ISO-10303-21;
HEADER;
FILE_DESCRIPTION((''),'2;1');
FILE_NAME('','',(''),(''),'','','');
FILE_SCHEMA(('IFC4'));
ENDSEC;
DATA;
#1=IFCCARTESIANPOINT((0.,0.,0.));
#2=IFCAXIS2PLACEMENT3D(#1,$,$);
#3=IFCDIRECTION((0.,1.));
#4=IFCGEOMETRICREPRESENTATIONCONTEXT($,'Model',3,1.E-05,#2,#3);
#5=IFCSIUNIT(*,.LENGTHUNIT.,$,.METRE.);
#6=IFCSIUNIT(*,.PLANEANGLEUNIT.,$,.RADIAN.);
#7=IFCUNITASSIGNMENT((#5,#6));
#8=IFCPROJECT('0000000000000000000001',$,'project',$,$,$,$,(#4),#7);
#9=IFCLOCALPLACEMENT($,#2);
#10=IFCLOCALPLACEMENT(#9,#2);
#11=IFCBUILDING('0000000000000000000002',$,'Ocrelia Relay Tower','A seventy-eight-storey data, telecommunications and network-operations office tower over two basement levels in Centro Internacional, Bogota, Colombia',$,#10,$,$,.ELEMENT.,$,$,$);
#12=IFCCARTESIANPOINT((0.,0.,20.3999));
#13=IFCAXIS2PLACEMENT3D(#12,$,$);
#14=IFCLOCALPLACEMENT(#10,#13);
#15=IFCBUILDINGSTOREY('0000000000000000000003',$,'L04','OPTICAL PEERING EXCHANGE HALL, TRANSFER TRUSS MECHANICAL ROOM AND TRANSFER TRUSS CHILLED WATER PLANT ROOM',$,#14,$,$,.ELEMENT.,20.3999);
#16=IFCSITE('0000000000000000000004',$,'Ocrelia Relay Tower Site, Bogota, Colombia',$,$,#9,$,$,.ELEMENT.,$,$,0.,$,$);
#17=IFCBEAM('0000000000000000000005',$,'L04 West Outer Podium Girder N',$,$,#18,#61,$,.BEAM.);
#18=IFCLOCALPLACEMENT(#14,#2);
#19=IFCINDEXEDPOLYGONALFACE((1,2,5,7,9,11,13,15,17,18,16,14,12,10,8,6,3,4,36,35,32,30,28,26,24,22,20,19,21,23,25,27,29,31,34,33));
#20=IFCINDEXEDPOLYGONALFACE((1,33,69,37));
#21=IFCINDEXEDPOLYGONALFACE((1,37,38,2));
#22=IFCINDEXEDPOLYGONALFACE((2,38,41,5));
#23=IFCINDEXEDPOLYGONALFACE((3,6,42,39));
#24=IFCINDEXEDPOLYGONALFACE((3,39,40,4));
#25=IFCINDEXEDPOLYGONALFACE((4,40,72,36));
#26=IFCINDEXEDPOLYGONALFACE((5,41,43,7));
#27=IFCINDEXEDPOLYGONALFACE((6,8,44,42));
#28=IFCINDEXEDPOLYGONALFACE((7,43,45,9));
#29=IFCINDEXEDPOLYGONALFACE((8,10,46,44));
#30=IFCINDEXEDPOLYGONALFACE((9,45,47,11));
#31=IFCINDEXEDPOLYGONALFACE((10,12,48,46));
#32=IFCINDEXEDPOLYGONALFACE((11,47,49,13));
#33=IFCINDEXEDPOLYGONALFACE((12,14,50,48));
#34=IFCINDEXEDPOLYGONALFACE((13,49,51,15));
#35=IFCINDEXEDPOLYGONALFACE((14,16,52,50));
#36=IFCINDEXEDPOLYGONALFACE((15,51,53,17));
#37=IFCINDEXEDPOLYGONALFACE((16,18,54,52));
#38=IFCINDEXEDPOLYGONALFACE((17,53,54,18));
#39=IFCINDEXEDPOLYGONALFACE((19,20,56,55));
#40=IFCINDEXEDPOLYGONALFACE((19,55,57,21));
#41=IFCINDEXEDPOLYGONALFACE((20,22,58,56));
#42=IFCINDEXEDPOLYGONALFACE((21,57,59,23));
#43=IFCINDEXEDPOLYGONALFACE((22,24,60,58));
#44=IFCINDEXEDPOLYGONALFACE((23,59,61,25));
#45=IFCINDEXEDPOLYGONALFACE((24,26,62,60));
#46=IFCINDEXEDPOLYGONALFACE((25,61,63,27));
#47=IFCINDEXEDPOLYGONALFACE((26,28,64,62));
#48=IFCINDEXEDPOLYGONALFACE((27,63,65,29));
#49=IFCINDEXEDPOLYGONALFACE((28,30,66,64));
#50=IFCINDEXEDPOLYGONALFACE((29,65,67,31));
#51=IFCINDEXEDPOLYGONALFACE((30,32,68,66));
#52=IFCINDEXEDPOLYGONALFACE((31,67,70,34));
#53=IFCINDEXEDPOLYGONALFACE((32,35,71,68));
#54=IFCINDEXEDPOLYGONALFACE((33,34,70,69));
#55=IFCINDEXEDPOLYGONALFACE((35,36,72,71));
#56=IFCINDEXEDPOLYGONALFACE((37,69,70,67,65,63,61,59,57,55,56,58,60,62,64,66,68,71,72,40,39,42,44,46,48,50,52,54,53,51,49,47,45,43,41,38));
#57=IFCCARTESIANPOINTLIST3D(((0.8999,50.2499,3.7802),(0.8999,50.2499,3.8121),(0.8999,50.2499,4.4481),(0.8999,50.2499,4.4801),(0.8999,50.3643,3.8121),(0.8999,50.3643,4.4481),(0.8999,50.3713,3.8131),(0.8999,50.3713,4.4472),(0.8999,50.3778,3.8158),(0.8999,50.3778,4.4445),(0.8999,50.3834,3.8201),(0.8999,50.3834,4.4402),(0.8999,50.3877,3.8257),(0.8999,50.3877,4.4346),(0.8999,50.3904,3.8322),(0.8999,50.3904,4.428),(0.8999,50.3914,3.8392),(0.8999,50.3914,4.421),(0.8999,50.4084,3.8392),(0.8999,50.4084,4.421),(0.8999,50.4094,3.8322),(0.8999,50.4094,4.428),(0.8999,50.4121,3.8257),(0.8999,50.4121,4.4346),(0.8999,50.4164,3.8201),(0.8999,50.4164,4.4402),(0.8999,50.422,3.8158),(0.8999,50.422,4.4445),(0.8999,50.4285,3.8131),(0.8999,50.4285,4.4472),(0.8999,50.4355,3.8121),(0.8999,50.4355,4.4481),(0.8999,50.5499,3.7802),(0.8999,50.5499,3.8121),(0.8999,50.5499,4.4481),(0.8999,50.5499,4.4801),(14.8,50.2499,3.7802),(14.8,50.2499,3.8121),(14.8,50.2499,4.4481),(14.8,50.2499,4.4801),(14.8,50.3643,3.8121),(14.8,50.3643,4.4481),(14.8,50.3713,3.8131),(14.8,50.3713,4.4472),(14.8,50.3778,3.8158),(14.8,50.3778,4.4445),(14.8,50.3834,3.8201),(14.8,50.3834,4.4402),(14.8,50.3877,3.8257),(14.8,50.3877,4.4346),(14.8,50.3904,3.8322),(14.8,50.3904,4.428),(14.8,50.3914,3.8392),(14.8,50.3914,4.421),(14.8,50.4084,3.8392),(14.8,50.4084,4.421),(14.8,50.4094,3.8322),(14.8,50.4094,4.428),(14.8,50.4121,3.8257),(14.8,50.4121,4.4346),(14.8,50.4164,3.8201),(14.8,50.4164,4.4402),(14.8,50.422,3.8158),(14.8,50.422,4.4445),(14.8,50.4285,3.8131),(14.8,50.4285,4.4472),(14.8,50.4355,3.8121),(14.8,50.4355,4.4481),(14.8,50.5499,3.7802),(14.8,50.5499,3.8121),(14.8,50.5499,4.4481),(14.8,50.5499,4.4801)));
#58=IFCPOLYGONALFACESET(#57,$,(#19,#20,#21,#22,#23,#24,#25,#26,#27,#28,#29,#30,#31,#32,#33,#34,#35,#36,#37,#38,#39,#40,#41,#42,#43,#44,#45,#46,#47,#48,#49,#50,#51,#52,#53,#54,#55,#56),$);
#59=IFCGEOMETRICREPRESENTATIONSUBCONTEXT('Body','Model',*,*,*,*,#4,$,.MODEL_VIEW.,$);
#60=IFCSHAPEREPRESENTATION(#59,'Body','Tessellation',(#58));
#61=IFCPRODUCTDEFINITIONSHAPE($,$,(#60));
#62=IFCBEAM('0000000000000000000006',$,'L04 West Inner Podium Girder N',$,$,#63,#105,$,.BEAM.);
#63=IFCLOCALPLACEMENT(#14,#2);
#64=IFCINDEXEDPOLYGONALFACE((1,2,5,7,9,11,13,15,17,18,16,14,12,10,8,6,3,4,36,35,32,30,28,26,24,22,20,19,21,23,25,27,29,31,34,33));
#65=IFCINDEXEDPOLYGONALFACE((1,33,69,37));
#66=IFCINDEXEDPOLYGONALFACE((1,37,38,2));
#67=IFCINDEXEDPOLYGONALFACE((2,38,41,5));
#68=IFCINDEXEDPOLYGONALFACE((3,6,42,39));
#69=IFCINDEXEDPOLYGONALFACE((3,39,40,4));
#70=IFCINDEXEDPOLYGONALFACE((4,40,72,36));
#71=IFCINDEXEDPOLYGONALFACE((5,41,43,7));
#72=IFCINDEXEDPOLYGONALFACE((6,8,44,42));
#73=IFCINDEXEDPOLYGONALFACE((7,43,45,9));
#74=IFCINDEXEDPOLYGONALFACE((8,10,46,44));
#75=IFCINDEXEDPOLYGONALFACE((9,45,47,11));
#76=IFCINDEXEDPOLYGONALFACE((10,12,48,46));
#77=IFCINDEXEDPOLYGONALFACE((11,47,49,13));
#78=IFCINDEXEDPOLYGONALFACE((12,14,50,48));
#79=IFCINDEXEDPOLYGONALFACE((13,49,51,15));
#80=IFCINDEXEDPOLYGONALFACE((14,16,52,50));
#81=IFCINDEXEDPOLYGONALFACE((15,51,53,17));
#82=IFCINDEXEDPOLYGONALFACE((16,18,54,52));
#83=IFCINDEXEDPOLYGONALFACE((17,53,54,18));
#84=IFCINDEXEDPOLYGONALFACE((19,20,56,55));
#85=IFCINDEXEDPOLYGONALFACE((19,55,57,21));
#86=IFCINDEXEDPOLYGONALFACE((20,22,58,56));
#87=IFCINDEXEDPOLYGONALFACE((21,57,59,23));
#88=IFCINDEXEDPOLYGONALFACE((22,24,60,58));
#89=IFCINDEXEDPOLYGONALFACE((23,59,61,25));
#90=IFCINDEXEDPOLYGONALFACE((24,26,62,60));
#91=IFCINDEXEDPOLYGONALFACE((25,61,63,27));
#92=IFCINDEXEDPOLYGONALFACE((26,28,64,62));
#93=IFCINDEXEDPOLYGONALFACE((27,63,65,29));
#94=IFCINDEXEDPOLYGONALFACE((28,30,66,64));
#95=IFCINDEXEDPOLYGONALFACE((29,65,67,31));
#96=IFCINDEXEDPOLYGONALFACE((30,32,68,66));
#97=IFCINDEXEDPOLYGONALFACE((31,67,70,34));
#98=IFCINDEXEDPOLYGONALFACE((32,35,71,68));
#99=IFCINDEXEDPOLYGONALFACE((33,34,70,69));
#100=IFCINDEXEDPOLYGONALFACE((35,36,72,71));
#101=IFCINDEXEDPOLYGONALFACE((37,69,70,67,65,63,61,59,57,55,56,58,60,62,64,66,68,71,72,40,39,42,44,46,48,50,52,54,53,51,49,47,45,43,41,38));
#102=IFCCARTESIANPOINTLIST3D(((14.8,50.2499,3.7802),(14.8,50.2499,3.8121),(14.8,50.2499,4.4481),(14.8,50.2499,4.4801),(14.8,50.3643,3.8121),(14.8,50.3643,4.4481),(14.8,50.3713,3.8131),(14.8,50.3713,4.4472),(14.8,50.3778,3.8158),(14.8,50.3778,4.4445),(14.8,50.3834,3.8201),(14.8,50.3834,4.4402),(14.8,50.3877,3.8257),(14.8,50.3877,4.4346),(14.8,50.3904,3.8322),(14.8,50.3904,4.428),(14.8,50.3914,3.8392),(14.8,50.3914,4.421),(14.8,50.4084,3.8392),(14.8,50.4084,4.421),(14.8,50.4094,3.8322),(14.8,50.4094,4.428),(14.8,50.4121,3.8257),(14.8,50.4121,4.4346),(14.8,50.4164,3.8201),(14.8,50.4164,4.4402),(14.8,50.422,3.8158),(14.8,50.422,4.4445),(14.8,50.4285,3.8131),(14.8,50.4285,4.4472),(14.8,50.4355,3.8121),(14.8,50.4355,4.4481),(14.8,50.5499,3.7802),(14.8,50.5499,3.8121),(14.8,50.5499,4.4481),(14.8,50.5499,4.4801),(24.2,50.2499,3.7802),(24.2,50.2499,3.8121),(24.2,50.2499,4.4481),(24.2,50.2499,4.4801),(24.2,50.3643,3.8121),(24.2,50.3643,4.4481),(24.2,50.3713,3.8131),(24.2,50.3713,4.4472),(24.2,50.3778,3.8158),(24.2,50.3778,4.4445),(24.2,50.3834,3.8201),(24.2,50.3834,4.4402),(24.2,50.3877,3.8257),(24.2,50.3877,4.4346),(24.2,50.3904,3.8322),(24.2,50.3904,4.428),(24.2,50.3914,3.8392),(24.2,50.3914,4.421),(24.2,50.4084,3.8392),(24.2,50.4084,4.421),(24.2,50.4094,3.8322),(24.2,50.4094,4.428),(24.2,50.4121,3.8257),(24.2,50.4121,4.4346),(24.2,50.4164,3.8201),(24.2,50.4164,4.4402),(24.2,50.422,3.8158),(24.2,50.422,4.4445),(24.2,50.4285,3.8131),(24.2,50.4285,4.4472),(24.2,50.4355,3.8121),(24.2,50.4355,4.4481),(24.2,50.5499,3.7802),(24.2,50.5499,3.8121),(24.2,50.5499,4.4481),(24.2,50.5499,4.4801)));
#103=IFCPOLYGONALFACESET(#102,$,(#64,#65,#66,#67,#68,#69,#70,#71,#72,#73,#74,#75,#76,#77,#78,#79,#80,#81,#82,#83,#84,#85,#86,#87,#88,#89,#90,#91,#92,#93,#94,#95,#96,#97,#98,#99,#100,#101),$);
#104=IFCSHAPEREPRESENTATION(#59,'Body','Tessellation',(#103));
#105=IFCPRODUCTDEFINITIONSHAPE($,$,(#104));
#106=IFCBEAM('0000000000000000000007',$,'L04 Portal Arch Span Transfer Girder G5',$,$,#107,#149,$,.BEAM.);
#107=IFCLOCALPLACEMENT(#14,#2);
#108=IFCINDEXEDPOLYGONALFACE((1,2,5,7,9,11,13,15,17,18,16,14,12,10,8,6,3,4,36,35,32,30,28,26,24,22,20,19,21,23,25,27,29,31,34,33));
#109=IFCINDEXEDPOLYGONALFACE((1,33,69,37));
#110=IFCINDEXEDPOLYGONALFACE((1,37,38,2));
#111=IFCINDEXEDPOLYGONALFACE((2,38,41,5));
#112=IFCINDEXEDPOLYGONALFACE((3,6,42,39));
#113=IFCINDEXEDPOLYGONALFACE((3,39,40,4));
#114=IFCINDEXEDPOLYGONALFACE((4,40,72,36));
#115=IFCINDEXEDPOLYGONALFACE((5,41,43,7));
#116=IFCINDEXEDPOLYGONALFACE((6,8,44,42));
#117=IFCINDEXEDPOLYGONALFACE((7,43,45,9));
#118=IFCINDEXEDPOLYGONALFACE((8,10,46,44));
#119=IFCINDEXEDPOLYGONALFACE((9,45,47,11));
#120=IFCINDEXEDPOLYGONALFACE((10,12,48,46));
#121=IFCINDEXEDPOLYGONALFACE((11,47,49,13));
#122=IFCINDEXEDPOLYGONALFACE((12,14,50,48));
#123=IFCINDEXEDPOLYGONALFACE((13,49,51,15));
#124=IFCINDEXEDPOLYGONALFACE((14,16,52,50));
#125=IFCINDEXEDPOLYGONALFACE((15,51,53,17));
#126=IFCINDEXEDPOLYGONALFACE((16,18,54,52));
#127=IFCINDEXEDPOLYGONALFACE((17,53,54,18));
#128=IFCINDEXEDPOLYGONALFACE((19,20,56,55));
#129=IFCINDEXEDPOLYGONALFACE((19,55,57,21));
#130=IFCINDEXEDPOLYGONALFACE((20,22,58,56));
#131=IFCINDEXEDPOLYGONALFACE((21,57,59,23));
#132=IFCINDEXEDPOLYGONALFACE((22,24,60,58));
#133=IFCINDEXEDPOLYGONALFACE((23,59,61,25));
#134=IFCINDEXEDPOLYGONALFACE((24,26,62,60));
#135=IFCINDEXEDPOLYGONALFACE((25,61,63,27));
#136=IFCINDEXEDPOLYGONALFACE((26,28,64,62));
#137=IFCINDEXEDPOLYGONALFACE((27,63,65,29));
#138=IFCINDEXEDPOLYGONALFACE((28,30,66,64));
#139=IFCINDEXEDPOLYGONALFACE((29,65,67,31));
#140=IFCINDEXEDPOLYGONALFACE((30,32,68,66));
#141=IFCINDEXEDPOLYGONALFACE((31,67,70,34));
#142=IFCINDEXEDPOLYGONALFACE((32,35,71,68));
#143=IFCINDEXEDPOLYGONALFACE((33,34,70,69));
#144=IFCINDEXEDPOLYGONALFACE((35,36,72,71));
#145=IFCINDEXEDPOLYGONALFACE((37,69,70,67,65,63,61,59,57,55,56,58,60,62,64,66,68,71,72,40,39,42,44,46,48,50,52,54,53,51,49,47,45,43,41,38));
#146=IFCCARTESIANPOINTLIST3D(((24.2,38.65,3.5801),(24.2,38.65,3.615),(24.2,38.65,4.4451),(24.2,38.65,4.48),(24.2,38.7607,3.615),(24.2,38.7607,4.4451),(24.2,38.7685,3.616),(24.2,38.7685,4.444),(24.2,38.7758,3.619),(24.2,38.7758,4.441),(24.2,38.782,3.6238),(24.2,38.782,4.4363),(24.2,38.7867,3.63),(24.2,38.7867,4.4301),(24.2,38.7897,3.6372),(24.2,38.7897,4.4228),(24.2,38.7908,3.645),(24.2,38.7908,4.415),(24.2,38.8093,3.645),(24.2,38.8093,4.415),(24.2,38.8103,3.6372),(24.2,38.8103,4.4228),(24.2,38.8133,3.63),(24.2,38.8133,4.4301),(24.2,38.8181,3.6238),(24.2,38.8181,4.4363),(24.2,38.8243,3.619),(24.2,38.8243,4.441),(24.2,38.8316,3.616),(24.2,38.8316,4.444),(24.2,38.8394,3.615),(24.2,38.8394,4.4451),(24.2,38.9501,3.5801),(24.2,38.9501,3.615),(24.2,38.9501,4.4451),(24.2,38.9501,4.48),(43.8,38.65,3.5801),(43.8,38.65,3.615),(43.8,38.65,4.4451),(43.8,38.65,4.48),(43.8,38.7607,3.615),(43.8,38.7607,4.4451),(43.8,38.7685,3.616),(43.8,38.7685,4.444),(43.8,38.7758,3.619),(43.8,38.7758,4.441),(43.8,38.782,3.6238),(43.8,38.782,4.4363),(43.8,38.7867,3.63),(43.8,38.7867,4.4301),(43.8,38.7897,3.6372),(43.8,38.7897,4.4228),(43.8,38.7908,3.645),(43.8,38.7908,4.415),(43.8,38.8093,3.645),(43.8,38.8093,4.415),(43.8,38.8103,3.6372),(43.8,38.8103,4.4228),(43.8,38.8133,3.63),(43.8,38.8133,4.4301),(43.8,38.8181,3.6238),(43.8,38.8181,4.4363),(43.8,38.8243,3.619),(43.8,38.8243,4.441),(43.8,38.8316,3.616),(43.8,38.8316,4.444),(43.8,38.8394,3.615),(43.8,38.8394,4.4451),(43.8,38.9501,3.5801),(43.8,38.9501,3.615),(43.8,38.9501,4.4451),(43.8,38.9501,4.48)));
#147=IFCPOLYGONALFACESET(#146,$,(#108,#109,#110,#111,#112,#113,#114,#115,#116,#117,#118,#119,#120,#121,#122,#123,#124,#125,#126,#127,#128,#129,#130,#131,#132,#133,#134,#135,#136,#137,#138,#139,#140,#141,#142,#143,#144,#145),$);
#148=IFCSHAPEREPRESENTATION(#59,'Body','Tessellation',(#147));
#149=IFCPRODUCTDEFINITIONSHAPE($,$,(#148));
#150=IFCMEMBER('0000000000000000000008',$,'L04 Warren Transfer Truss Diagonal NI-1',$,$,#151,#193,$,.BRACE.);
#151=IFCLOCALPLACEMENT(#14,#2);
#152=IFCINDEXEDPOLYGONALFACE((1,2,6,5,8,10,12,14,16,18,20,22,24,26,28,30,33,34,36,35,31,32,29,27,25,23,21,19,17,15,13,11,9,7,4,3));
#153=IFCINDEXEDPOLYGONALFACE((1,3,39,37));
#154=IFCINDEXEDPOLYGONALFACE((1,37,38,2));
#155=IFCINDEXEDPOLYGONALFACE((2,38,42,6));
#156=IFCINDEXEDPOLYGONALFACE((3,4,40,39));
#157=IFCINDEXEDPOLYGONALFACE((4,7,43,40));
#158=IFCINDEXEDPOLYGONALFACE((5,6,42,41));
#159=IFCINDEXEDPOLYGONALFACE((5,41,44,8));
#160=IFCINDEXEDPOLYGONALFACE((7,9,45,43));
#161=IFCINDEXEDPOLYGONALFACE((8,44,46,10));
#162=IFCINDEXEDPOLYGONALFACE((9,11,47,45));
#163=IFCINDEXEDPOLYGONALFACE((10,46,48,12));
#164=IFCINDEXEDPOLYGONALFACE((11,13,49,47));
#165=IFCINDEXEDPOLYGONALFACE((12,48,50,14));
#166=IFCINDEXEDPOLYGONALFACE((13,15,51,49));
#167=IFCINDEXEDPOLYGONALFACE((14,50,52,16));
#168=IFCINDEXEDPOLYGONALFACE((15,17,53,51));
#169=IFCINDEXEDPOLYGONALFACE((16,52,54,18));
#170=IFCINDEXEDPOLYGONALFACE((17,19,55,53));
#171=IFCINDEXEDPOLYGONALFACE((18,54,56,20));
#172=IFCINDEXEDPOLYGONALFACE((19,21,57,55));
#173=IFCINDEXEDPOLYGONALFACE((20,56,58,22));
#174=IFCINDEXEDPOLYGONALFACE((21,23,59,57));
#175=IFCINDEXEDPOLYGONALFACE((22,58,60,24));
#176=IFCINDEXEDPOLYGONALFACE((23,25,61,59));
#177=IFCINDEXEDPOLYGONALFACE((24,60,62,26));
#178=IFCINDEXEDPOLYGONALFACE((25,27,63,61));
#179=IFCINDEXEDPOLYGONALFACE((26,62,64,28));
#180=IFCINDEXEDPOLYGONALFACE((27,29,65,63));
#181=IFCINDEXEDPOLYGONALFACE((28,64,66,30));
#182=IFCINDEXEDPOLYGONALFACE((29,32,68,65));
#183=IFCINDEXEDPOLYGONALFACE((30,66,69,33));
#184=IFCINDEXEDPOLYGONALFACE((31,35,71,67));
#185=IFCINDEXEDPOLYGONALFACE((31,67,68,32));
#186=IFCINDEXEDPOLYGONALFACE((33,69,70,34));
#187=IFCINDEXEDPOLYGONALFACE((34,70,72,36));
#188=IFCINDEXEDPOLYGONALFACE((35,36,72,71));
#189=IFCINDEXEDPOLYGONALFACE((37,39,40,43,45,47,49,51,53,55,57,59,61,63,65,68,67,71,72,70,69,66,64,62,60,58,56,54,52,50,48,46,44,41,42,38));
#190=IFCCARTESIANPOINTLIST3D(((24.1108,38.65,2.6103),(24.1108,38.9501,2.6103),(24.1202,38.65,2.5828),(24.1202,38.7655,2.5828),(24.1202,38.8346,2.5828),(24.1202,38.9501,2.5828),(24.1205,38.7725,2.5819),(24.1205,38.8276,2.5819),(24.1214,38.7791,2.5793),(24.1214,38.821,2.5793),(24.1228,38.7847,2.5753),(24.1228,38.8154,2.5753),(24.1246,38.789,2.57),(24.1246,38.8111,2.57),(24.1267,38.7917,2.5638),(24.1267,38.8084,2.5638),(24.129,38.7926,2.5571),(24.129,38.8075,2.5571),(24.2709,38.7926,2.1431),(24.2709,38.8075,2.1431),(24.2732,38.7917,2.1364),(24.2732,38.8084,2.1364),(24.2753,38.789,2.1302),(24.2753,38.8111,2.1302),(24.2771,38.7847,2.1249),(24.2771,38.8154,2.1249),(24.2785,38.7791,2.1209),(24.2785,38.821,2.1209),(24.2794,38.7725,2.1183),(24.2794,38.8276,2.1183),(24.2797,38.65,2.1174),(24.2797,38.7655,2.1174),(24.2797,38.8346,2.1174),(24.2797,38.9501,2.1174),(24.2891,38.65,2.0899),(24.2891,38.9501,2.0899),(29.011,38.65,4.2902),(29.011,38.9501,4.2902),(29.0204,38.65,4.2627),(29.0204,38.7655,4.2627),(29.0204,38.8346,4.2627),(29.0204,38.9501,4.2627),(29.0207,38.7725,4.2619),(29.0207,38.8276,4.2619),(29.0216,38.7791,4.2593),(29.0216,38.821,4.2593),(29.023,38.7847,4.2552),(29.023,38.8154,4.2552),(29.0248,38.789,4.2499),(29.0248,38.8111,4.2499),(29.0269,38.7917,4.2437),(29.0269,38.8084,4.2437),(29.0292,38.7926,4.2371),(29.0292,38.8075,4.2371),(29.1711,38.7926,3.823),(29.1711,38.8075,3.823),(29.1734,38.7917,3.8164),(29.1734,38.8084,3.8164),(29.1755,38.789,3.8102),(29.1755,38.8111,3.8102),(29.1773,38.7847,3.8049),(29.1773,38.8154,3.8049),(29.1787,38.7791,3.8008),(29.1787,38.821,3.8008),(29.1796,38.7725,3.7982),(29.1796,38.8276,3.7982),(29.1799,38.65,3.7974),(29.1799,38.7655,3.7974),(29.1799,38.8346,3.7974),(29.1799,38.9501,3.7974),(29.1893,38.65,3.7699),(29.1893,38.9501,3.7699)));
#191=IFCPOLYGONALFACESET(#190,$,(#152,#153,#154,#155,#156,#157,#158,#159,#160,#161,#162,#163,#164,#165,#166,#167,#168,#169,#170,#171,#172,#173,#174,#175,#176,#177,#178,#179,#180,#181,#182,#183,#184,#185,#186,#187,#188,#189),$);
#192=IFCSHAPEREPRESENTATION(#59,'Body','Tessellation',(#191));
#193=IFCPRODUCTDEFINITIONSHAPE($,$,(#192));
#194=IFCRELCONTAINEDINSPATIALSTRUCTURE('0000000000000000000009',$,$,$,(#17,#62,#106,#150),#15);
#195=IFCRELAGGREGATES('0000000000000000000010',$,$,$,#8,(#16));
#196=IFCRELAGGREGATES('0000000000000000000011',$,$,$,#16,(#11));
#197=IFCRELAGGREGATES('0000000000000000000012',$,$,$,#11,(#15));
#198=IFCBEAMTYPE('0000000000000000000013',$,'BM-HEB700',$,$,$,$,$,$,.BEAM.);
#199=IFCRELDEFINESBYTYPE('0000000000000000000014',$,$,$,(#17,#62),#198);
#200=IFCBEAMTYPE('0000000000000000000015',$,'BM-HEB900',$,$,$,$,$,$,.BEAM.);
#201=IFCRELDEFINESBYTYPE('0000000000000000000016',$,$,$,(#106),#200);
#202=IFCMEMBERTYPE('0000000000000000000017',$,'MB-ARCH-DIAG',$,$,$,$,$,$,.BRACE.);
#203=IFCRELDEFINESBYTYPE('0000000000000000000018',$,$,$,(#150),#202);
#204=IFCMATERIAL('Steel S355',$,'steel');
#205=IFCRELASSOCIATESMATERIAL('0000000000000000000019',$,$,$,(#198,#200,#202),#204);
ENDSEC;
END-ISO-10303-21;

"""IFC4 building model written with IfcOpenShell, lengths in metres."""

from ifc_helpers import new_model, si_unit, direction, frame, origin, origin_2d, place, context, subcontext, project, spatial, i_section, extrude, material, material_profile, profile_set, type_object, element, save


model = new_model("IFC4")

# Units and contexts
model_context = context("Model", 3, precision=1e-05, world=origin(), true_north=direction((0.0, 1.0)))
body_context = subcontext(model_context, "Body", "Model", "MODEL_VIEW")
ifc_project = project(units=[si_unit("LENGTHUNIT", "METRE"), si_unit("PLANEANGLEUNIT", "RADIAN")], contexts=[model_context])

# Site, building, storey
site_placement = place(None, origin())
site = spatial("IfcSite", under=ifc_project, at=site_placement, Name="Ocrelia Relay Tower Site, Bogota, Colombia", CompositionType="ELEMENT", RefElevation=0.0)
building_placement = place(site_placement, origin())
building = spatial("IfcBuilding", under=site, at=building_placement, Name="Ocrelia Relay Tower", Description="A seventy-eight-storey data, telecommunications and network-operations office tower over two basement levels in Centro Internacional, Bogota, Colombia", CompositionType="ELEMENT")
storey_placement = place(building_placement, frame((0.0, 0.0, 20.3999)))
storey = spatial("IfcBuildingStorey", under=building, at=storey_placement, Name="L04", Description="OPTICAL PEERING EXCHANGE HALL, TRANSFER TRUSS MECHANICAL ROOM AND TRANSFER TRUSS CHILLED WATER PLANT ROOM", CompositionType="ELEMENT", Elevation=20.3999)

# Beams
ifc_material_1 = material(Name="Steel S355", Category="steel")
ifc_material_profile_1 = material_profile(ifc_material_1, i_section(OverallWidth=0.3, OverallDepth=0.7, WebThickness=0.0171, FlangeThickness=0.032, FilletRadius=0.0271, at=origin_2d()), Name="HEB 700")
ifc_profile_set_1 = profile_set([ifc_material_profile_1], Name="Steel S355")
beam_type_1 = type_object("IfcBeamType", Name="BM-HEB700", PredefinedType="BEAM", material=ifc_profile_set_1)
beam_1_placement = place(storey_placement, frame((0.8999, 50.3999, 4.1301), z_axis=(1.0, 0.0, 0.0), x_axis=(0.0, 1.0, 0.0)))
element("IfcBeam", 1, at=beam_1_placement, inside=storey, type_object=beam_type_1, Name="L04 West Outer Podium Girder N", PredefinedType="BEAM", context=body_context, shape_type="SweptSolid", body=[
    extrude(i_section(OverallWidth=0.3, OverallDepth=0.7, WebThickness=0.0171, FlangeThickness=0.032, FilletRadius=0.0271, at=origin_2d()), origin(), (0.0, 0.0, 1.0), 13.9001),
])
beam_2_placement = place(storey_placement, frame((14.8, 50.3999, 4.1301), z_axis=(1.0, 0.0, 0.0), x_axis=(0.0, 1.0, 0.0)))
element("IfcBeam", 2, at=beam_2_placement, inside=storey, type_object=beam_type_1, Name="L04 West Inner Podium Girder N", PredefinedType="BEAM", context=body_context, shape_type="SweptSolid", body=[
    extrude(i_section(OverallWidth=0.3, OverallDepth=0.7, WebThickness=0.0171, FlangeThickness=0.032, FilletRadius=0.0271, at=origin_2d()), origin(), (0.0, 0.0, 1.0), 9.3999),
])
ifc_material_profile_2 = material_profile(ifc_material_1, i_section(OverallWidth=0.3, OverallDepth=0.8999, WebThickness=0.0186, FlangeThickness=0.0349, FilletRadius=0.03, at=origin_2d()), Name="HEB 900")
ifc_profile_set_2 = profile_set([ifc_material_profile_2], Name="Steel S355")
beam_type_2 = type_object("IfcBeamType", Name="BM-HEB900", PredefinedType="BEAM", material=ifc_profile_set_2)
beam_3_placement = place(storey_placement, frame((24.2, 38.8, 4.03), z_axis=(1.0, 0.0, 0.0), x_axis=(0.0, 1.0, 0.0)))
element("IfcBeam", 3, at=beam_3_placement, inside=storey, type_object=beam_type_2, Name="L04 Portal Arch Span Transfer Girder G5", PredefinedType="BEAM", context=body_context, shape_type="SweptSolid", body=[
    extrude(i_section(OverallWidth=0.3, OverallDepth=0.8999, WebThickness=0.0186, FlangeThickness=0.0349, FilletRadius=0.03, at=origin_2d()), origin(), (0.0, 0.0, 1.0), 19.6001),
])

# Member
ifc_material_profile_3 = material_profile(ifc_material_1, i_section(OverallWidth=0.3, OverallDepth=0.55, WebThickness=0.0149, FlangeThickness=0.0291, FilletRadius=0.0271, at=origin_2d()), Name="HEB 550")
ifc_profile_set_3 = profile_set([ifc_material_profile_3], Name="Steel S355")
member_type_1 = type_object("IfcMemberType", Name="MB-ARCH-DIAG", PredefinedType="BRACE", material=ifc_profile_set_3)
member_1_placement = place(storey_placement, frame((24.2, 38.8, 2.3501), z_axis=(0.945953, 0.0, 0.324304), x_axis=(0.0, 1.0, 0.0)))
element("IfcMember", 4, at=member_1_placement, inside=storey, type_object=member_type_1, Name="L04 Warren Transfer Truss Diagonal NI-1", PredefinedType="BRACE", context=body_context, shape_type="SweptSolid", body=[
    extrude(i_section(OverallWidth=0.3, OverallDepth=0.55, WebThickness=0.0149, FlangeThickness=0.0291, FilletRadius=0.0271, at=origin_2d()), origin(), (0.0, 0.0, 1.0), 5.1802),
])

save(model, "model.ifc")
